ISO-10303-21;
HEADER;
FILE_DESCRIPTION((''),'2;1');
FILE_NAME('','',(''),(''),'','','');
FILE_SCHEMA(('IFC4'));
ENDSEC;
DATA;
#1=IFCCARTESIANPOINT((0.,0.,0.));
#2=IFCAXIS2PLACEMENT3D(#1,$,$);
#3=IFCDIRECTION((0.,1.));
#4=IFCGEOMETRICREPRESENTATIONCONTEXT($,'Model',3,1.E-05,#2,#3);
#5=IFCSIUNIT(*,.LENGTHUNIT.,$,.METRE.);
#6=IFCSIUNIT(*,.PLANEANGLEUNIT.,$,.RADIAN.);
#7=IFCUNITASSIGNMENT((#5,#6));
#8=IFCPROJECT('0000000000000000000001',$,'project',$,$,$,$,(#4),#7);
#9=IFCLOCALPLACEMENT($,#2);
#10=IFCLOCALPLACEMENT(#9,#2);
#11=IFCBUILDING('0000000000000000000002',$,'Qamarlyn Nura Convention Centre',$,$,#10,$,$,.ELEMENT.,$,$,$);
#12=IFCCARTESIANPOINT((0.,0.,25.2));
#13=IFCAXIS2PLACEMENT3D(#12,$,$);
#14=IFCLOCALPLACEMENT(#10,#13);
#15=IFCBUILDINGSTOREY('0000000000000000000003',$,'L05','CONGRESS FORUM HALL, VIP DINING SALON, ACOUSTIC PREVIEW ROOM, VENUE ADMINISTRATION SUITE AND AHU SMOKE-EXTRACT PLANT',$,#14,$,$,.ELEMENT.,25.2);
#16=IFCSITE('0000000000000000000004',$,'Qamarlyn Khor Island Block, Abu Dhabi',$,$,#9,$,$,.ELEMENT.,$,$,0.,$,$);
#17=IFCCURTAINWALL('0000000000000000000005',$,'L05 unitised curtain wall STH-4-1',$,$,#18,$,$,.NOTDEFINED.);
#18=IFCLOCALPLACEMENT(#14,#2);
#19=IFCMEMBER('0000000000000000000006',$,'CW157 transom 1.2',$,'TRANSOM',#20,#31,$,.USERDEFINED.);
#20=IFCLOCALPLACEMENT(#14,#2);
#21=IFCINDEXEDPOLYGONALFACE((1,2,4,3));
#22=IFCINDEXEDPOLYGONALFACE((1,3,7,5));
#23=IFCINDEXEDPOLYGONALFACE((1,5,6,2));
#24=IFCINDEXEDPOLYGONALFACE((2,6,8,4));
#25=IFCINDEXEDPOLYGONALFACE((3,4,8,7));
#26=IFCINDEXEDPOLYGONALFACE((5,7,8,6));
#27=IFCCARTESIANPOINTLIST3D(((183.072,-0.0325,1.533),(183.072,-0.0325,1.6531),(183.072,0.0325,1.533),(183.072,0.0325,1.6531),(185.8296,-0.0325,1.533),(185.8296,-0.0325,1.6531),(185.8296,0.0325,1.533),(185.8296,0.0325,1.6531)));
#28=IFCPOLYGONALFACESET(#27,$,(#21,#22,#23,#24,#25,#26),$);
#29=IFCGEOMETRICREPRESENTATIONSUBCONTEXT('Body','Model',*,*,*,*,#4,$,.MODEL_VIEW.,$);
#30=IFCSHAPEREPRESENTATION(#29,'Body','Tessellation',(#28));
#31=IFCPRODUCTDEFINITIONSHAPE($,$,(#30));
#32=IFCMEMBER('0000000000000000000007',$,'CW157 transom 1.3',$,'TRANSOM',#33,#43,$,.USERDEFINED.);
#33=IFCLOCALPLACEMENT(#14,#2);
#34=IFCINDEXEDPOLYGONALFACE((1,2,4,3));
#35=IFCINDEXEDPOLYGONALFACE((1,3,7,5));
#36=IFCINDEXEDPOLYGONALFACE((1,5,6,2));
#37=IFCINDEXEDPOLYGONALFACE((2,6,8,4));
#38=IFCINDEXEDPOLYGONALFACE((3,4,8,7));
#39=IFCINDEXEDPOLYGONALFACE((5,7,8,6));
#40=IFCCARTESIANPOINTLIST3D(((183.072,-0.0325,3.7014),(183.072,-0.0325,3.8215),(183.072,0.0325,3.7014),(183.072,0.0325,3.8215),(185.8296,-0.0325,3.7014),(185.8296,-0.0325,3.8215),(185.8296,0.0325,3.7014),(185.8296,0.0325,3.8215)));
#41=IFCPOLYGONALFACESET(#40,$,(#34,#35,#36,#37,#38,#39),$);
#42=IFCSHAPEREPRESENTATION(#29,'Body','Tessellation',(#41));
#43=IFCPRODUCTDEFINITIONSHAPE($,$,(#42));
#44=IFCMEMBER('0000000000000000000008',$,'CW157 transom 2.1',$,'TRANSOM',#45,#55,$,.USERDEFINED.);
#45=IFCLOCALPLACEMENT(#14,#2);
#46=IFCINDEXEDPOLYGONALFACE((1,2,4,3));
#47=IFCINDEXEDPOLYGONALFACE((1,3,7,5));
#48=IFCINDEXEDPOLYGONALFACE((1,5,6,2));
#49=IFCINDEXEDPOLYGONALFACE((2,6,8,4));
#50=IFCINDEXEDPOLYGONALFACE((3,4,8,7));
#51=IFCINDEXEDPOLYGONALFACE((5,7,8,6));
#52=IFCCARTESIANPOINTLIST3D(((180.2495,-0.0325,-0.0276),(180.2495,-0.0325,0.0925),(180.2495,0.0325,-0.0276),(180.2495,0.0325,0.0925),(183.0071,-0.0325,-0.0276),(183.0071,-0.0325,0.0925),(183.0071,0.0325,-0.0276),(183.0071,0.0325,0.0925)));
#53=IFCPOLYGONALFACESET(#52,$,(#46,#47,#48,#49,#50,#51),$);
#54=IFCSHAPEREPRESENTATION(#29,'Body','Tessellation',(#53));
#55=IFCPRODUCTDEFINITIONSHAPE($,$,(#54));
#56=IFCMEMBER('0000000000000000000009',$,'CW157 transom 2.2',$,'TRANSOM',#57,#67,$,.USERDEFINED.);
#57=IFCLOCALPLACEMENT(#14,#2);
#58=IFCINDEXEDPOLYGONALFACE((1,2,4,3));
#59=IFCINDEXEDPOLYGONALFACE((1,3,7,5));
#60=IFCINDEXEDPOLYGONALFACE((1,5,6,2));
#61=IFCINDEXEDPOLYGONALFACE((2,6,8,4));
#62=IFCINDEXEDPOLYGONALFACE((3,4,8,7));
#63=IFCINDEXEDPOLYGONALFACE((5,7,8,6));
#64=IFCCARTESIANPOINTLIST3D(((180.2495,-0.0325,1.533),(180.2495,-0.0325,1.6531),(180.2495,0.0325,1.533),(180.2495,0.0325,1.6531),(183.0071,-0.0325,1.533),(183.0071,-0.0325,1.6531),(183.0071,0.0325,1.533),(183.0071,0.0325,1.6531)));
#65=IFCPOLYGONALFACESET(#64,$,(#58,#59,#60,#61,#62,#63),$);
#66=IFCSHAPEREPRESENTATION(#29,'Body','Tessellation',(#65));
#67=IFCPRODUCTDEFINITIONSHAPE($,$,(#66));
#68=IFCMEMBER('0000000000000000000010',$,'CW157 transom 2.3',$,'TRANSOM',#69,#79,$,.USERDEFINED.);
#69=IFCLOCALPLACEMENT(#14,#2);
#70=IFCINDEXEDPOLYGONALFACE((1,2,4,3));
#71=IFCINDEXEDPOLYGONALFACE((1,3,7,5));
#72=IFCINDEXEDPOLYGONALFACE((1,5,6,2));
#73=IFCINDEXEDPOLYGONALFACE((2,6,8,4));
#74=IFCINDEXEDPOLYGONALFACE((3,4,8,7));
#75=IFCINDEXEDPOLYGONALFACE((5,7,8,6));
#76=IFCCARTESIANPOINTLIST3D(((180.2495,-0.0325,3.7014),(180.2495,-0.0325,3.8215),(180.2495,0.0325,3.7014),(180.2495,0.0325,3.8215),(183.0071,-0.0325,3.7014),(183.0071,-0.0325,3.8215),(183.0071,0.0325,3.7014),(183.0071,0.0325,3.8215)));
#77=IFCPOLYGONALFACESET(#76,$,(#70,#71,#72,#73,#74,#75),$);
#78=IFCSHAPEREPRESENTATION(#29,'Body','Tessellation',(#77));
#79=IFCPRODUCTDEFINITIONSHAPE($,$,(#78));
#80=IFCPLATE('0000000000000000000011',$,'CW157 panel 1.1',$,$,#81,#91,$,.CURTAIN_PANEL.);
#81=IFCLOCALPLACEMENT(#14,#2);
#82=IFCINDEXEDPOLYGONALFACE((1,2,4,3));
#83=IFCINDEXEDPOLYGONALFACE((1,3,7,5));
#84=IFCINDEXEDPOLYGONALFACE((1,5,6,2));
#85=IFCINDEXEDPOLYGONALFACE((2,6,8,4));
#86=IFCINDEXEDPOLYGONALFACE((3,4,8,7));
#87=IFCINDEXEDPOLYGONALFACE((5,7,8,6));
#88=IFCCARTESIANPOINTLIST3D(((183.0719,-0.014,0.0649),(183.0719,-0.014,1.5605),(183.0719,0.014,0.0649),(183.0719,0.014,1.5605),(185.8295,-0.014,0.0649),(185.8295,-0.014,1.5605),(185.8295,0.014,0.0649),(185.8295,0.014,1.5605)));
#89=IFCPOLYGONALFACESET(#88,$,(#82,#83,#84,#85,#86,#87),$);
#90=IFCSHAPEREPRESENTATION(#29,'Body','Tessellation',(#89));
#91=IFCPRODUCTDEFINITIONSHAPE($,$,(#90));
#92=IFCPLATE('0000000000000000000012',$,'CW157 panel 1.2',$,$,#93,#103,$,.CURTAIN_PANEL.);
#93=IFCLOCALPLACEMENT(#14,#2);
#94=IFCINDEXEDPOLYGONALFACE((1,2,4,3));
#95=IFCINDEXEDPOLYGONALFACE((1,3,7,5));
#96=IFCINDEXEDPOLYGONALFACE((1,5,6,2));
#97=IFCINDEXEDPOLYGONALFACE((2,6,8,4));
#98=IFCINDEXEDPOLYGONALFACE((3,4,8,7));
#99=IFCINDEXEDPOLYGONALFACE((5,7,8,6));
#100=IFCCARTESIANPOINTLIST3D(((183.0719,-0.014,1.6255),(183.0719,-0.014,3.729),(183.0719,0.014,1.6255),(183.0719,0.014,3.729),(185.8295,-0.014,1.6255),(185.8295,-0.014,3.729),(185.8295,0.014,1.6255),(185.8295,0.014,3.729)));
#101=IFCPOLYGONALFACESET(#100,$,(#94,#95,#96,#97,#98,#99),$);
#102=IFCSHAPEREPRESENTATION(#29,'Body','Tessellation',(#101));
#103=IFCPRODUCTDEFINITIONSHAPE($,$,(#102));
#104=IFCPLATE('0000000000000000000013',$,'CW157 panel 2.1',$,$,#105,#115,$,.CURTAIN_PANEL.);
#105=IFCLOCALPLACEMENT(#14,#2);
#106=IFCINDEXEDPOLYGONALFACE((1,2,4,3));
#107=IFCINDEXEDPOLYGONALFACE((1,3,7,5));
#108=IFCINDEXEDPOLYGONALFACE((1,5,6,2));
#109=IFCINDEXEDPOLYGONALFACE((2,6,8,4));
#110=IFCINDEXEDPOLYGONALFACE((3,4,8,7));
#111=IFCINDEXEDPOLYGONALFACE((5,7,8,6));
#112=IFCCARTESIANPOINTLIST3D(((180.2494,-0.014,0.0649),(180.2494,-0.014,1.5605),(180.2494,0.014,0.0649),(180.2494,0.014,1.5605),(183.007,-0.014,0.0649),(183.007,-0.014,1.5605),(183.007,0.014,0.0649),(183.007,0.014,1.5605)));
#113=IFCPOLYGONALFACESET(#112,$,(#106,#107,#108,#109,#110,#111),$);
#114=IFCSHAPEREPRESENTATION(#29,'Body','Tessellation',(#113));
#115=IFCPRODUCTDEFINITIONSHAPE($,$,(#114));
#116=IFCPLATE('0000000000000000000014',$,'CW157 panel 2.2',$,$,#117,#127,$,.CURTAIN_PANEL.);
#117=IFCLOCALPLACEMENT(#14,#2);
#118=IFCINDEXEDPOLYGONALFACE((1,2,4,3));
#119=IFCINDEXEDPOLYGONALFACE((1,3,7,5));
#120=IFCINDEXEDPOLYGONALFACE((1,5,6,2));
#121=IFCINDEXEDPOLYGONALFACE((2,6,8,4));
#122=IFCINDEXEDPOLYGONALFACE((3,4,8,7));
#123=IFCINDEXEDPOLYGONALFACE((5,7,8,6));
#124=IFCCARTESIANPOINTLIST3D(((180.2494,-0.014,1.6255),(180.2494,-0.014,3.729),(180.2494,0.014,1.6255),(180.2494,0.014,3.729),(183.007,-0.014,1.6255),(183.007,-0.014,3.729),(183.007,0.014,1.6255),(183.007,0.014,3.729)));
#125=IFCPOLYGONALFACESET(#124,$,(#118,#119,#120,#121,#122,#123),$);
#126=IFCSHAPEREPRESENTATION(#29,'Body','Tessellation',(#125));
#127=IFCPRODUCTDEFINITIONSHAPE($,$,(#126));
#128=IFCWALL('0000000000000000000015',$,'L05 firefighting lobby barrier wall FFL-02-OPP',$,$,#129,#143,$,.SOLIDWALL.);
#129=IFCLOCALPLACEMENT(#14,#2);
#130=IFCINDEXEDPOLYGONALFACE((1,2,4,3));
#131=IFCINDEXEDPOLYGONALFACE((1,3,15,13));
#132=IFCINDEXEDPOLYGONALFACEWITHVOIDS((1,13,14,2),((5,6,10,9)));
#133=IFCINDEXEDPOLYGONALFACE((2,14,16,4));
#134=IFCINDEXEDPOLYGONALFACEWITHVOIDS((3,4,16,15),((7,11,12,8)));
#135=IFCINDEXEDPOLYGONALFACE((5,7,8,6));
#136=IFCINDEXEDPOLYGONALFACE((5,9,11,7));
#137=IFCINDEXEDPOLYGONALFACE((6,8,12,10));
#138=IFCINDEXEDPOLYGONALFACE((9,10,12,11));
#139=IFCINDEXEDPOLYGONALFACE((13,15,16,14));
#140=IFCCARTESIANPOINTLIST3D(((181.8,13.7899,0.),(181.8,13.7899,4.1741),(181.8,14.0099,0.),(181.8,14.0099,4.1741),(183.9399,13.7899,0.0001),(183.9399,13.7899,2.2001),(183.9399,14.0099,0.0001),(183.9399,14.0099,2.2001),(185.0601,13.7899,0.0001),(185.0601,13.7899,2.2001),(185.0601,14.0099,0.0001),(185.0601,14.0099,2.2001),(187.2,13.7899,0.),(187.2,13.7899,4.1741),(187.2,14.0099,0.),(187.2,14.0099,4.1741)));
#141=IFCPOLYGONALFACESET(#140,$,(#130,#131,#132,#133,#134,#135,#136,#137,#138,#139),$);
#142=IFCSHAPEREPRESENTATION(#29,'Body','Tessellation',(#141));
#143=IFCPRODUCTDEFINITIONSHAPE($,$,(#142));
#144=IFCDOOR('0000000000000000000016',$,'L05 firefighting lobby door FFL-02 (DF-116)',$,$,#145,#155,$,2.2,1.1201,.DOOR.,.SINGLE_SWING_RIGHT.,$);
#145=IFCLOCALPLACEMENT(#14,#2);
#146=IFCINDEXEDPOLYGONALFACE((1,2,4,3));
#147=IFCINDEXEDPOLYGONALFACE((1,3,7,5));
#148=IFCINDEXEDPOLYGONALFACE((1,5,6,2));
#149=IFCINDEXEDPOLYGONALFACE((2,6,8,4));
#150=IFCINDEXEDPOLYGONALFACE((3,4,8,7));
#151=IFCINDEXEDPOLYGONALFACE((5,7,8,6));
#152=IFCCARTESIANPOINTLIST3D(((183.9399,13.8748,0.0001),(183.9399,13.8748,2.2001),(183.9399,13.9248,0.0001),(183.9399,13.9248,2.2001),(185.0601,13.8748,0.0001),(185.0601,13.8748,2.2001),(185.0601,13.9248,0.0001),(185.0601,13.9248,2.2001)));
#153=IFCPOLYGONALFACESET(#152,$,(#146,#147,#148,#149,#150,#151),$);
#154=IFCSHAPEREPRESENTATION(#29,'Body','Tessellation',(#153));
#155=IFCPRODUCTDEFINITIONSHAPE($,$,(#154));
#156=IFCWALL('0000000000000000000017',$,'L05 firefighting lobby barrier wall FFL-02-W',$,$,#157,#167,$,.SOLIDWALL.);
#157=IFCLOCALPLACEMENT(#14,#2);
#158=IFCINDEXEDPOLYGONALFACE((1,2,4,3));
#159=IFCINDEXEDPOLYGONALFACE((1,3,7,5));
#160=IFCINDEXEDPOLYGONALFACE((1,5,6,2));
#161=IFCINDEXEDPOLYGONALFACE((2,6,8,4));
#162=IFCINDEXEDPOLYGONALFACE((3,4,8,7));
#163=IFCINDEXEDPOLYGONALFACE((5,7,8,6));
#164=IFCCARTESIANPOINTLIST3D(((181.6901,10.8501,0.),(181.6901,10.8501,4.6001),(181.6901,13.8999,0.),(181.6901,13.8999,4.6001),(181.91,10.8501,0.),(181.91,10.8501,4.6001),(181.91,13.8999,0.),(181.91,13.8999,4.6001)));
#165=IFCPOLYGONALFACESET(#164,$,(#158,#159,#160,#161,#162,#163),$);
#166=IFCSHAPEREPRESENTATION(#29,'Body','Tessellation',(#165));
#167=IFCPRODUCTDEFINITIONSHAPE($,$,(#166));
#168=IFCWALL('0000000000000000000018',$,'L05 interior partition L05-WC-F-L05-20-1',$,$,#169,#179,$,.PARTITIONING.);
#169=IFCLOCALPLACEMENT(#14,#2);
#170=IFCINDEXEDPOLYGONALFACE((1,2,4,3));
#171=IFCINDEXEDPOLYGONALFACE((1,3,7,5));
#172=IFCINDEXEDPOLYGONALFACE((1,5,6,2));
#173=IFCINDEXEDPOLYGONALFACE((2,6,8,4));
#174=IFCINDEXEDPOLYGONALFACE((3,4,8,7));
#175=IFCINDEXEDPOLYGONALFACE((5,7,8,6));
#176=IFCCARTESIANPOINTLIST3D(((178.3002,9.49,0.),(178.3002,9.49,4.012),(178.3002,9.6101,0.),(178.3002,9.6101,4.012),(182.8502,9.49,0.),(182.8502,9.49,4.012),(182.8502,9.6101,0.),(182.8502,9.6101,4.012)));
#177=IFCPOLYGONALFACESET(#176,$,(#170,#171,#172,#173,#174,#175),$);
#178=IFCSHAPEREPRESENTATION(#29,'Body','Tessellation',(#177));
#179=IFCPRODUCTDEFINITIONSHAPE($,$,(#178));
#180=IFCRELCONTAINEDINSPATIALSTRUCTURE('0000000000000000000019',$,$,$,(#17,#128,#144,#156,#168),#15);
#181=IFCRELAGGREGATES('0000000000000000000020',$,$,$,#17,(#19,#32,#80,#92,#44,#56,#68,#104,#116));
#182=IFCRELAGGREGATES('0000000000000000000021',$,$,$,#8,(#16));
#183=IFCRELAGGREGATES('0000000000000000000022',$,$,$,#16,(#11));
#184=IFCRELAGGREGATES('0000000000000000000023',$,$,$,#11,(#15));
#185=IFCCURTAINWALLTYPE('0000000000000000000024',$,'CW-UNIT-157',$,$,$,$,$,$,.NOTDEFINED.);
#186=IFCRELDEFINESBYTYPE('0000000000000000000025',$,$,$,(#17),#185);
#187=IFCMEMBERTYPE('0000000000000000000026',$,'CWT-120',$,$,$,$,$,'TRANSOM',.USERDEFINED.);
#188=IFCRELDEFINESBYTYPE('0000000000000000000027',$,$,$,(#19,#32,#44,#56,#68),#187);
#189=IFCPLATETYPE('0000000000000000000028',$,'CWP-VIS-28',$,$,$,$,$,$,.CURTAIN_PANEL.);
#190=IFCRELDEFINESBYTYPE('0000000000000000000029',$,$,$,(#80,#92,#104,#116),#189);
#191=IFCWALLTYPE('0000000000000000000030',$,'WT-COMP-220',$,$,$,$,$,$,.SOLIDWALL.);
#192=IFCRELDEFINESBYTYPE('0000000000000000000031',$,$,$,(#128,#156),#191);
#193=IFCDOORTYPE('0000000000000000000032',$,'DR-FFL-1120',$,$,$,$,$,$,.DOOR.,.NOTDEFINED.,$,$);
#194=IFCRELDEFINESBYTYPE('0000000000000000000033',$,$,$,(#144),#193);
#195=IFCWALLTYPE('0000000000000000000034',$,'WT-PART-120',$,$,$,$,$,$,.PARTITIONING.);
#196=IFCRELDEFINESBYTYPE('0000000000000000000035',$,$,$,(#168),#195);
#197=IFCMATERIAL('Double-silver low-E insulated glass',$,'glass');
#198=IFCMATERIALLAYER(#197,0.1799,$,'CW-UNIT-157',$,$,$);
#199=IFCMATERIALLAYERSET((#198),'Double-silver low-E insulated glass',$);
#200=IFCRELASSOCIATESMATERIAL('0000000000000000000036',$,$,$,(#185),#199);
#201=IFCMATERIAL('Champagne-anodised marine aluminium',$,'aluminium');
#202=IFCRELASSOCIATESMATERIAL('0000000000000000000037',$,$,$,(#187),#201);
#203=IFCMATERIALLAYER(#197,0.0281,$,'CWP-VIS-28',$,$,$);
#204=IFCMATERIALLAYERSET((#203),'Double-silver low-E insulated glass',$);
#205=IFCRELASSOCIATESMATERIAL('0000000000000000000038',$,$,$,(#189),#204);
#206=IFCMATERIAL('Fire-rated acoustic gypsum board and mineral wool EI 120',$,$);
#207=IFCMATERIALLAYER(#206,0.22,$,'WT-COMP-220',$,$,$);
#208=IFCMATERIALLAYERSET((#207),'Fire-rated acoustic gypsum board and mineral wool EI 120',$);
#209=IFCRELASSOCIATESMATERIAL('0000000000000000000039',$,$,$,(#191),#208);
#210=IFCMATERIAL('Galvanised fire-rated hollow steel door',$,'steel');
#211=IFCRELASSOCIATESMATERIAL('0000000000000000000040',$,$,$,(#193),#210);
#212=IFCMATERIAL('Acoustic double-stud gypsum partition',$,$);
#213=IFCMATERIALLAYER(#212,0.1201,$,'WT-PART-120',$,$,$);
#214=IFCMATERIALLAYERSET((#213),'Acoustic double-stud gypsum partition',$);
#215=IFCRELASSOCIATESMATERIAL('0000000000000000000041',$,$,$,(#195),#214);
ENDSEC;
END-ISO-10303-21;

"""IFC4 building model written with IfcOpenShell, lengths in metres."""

from ifc_helpers import new_model, si_unit, direction, frame, frame_2d, origin, origin_2d, place, context, subcontext, project, spatial, rectangle, extrude, material, layer, layer_set, material_profile, profile_set, type_object, element, fill, aggregate, save


model = new_model("IFC4")

# Units and contexts
model_context = context("Model", 3, precision=1e-05, world=origin(), true_north=direction((0.0, 1.0)))
body_context = subcontext(model_context, "Body", "Model", "MODEL_VIEW")
ifc_project = project(units=[si_unit("LENGTHUNIT", "METRE"), si_unit("PLANEANGLEUNIT", "RADIAN")], contexts=[model_context])

# Site, building, storey
site_placement = place(None, origin())
site = spatial("IfcSite", under=ifc_project, at=site_placement, Name="Qamarlyn Khor Island Block, Abu Dhabi", CompositionType="ELEMENT", RefElevation=0.0)
building_placement = place(site_placement, origin())
building = spatial("IfcBuilding", under=site, at=building_placement, Name="Qamarlyn Nura Convention Centre", CompositionType="ELEMENT")
storey_placement = place(building_placement, frame((0.0, 0.0, 25.2)))
storey = spatial("IfcBuildingStorey", under=building, at=storey_placement, Name="L05", Description="CONGRESS FORUM HALL, VIP DINING SALON, ACOUSTIC PREVIEW ROOM, VENUE ADMINISTRATION SUITE AND AHU SMOKE-EXTRACT PLANT", CompositionType="ELEMENT", Elevation=25.2)

# Curtain wall, members, plates
ifc_material_1 = material(Name="Double-silver low-E insulated glass", Category="glass")
ifc_layer_1 = layer(ifc_material_1, 0.1799, Name="CW-UNIT-157")
ifc_layer_set_1 = layer_set([ifc_layer_1], Name="Double-silver low-E insulated glass")
curtain_wall_type = type_object("IfcCurtainWallType", Name="CW-UNIT-157", PredefinedType="NOTDEFINED", material=ifc_layer_set_1)
curtain_wall_placement = place(storey_placement, origin())
curtain_wall = element("IfcCurtainWall", 1, at=curtain_wall_placement, inside=storey, type_object=curtain_wall_type, Name="L05 unitised curtain wall STH-4-1", PredefinedType="NOTDEFINED")
ifc_material_2 = material(Name="Champagne-anodised marine aluminium", Category="aluminium")
ifc_material_profile_1 = material_profile(ifc_material_2, rectangle(XDim=0.0649, YDim=0.1201, at=origin_2d()), Name="ALU TRANSOM 65x120")
ifc_profile_set_1 = profile_set([ifc_material_profile_1], Name="Champagne-anodised marine aluminium")
member_type_1 = type_object("IfcMemberType", Name="CWT-120", ElementType="TRANSOM", PredefinedType="USERDEFINED", material=ifc_profile_set_1)
member_1_placement = place(storey_placement, frame((185.8296, 0.0, 1.593), z_axis=(-1.0, 0.0, 0.0), x_axis=(0.0, -1.0, 0.0)))
member_1 = element("IfcMember", 2, at=member_1_placement, type_object=member_type_1, Name="CW157 transom 1.2", ObjectType="TRANSOM", PredefinedType="USERDEFINED", context=body_context, shape_type="SweptSolid", body=[
    extrude(rectangle(XDim=0.0649, YDim=0.1201, at=origin_2d()), origin(), (0.0, 0.0, 1.0), 2.7576),
])
member_2_placement = place(storey_placement, frame((185.8296, 0.0, 3.7615), z_axis=(-1.0, 0.0, 0.0), x_axis=(0.0, -1.0, 0.0)))
member_2 = element("IfcMember", 3, at=member_2_placement, type_object=member_type_1, Name="CW157 transom 1.3", ObjectType="TRANSOM", PredefinedType="USERDEFINED", context=body_context, shape_type="SweptSolid", body=[
    extrude(rectangle(XDim=0.0649, YDim=0.1201, at=origin_2d()), origin(), (0.0, 0.0, 1.0), 2.7576),
])
member_3_placement = place(storey_placement, frame((183.0071, 0.0, 0.0325), z_axis=(-1.0, 0.0, 0.0), x_axis=(0.0, -1.0, 0.0)))
member_3 = element("IfcMember", 4, at=member_3_placement, type_object=member_type_1, Name="CW157 transom 2.1", ObjectType="TRANSOM", PredefinedType="USERDEFINED", context=body_context, shape_type="SweptSolid", body=[
    extrude(rectangle(XDim=0.0649, YDim=0.1201, at=origin_2d()), origin(), (0.0, 0.0, 1.0), 2.7576),
])
member_4_placement = place(storey_placement, frame((183.0071, 0.0, 1.593), z_axis=(-1.0, 0.0, 0.0), x_axis=(0.0, -1.0, 0.0)))
member_4 = element("IfcMember", 5, at=member_4_placement, type_object=member_type_1, Name="CW157 transom 2.2", ObjectType="TRANSOM", PredefinedType="USERDEFINED", context=body_context, shape_type="SweptSolid", body=[
    extrude(rectangle(XDim=0.0649, YDim=0.1201, at=origin_2d()), origin(), (0.0, 0.0, 1.0), 2.7576),
])
member_5_placement = place(storey_placement, frame((183.0071, 0.0, 3.7615), z_axis=(-1.0, 0.0, 0.0), x_axis=(0.0, -1.0, 0.0)))
member_5 = element("IfcMember", 6, at=member_5_placement, type_object=member_type_1, Name="CW157 transom 2.3", ObjectType="TRANSOM", PredefinedType="USERDEFINED", context=body_context, shape_type="SweptSolid", body=[
    extrude(rectangle(XDim=0.0649, YDim=0.1201, at=origin_2d()), origin(), (0.0, 0.0, 1.0), 2.7576),
])
ifc_layer_2 = layer(ifc_material_1, 0.0281, Name="CWP-VIS-28")
ifc_layer_set_2 = layer_set([ifc_layer_2], Name="Double-silver low-E insulated glass")
plate_type = type_object("IfcPlateType", Name="CWP-VIS-28", PredefinedType="CURTAIN_PANEL", material=ifc_layer_set_2)
plate_1_placement = place(storey_placement, frame((184.4507, 0.0, 0.0649), z_axis=(0.0, 0.0, 1.0), x_axis=(-1.0, 0.0, 0.0)))
plate_1 = element("IfcPlate", 7, at=plate_1_placement, type_object=plate_type, Name="CW157 panel 1.1", PredefinedType="CURTAIN_PANEL", context=body_context, shape_type="SweptSolid", body=[
    extrude(rectangle(XDim=2.7576, YDim=0.0281, at=origin_2d()), origin(), (0.0, 0.0, 1.0), 1.4956),
])
plate_2_placement = place(storey_placement, frame((184.4507, 0.0, 1.6255), z_axis=(0.0, 0.0, 1.0), x_axis=(-1.0, 0.0, 0.0)))
plate_2 = element("IfcPlate", 8, at=plate_2_placement, type_object=plate_type, Name="CW157 panel 1.2", PredefinedType="CURTAIN_PANEL", context=body_context, shape_type="SweptSolid", body=[
    extrude(rectangle(XDim=2.7576, YDim=0.0281, at=origin_2d()), origin(), (0.0, 0.0, 1.0), 2.1035),
])
plate_3_placement = place(storey_placement, frame((181.6282, 0.0, 0.0649), z_axis=(0.0, 0.0, 1.0), x_axis=(-1.0, 0.0, 0.0)))
plate_3 = element("IfcPlate", 9, at=plate_3_placement, type_object=plate_type, Name="CW157 panel 2.1", PredefinedType="CURTAIN_PANEL", context=body_context, shape_type="SweptSolid", body=[
    extrude(rectangle(XDim=2.7576, YDim=0.0281, at=origin_2d()), origin(), (0.0, 0.0, 1.0), 1.4956),
])
plate_4_placement = place(storey_placement, frame((181.6282, 0.0, 1.6255), z_axis=(0.0, 0.0, 1.0), x_axis=(-1.0, 0.0, 0.0)))
plate_4 = element("IfcPlate", 10, at=plate_4_placement, type_object=plate_type, Name="CW157 panel 2.2", PredefinedType="CURTAIN_PANEL", context=body_context, shape_type="SweptSolid", body=[
    extrude(rectangle(XDim=2.7576, YDim=0.0281, at=origin_2d()), origin(), (0.0, 0.0, 1.0), 2.1035),
])
aggregate(curtain_wall, [member_1, member_2, plate_1, plate_2, member_3, member_4, member_5, plate_3, plate_4])

# Wall, opening, door
ifc_material_3 = material(Name="Fire-rated acoustic gypsum board and mineral wool EI 120")
ifc_layer_3 = layer(ifc_material_3, 0.22, Name="WT-COMP-220")
ifc_layer_set_3 = layer_set([ifc_layer_3], Name="Fire-rated acoustic gypsum board and mineral wool EI 120")
wall_type_1 = type_object("IfcWallType", Name="WT-COMP-220", PredefinedType="SOLIDWALL", material=ifc_layer_set_3)
wall_1_placement = place(storey_placement, frame((181.8, 13.8999, 0.0), z_axis=(0.0, 0.0, 1.0), x_axis=(1.0, 0.0, 0.0)))
wall_1 = element("IfcWall", 11, at=wall_1_placement, inside=storey, type_object=wall_type_1, Name="L05 firefighting lobby barrier wall FFL-02-OPP", PredefinedType="SOLIDWALL", context=body_context, shape_type="SweptSolid", body=[
    extrude(rectangle(XDim=5.3999, YDim=0.22, at=frame_2d((2.7, 0.0))), origin(), (0.0, 0.0, 1.0), 4.1741),
])
opening_placement = place(wall_1_placement, frame((2.1399, 0.0, 0.0)))
opening = element("IfcOpeningElement", 12, at=opening_placement, cuts=wall_1, PredefinedType="OPENING", context=body_context, shape_type="SweptSolid", body=[
    extrude(rectangle(XDim=1.1201, YDim=2.2, at=frame_2d((0.5601, 1.1001))), frame((0.0, 0.1201, 0.0), z_axis=(0.0, -1.0, 0.0), x_axis=(1.0, 0.0, 0.0)), (0.0, 0.0, 1.0), 0.24),
])
ifc_material_4 = material(Name="Galvanised fire-rated hollow steel door", Category="steel")
door_type = type_object("IfcDoorType", Name="DR-FFL-1120", OperationType="NOTDEFINED", PredefinedType="DOOR", material=ifc_material_4)
door_placement = place(opening_placement, origin())
door = element("IfcDoor", 13, at=door_placement, inside=storey, type_object=door_type, Name="L05 firefighting lobby door FFL-02 (DF-116)", OperationType="SINGLE_SWING_RIGHT", OverallHeight=2.2, OverallWidth=1.1201, PredefinedType="DOOR", context=body_context, shape_type="SweptSolid", body=[
    extrude(rectangle(XDim=1.1201, YDim=2.2, at=frame_2d((0.5601, 1.1001))), frame((0.0, 0.0249, 0.0), z_axis=(0.0, -1.0, 0.0), x_axis=(1.0, 0.0, 0.0)), (0.0, 0.0, 1.0), 0.05),
])
fill(opening, door)

# Walls
wall_2_placement = place(storey_placement, frame((181.8, 10.8501, 0.0), z_axis=(0.0, 0.0, 1.0), x_axis=(0.0, 1.0, 0.0)))
element("IfcWall", 14, at=wall_2_placement, inside=storey, type_object=wall_type_1, Name="L05 firefighting lobby barrier wall FFL-02-W", PredefinedType="SOLIDWALL", context=body_context, shape_type="SweptSolid", body=[
    extrude(rectangle(XDim=3.0498, YDim=0.22, at=frame_2d((1.5249, 0.0))), origin(), (0.0, 0.0, 1.0), 4.6001),
])
ifc_material_5 = material(Name="Acoustic double-stud gypsum partition")
ifc_layer_4 = layer(ifc_material_5, 0.1201, Name="WT-PART-120")
ifc_layer_set_4 = layer_set([ifc_layer_4], Name="Acoustic double-stud gypsum partition")
wall_type_2 = type_object("IfcWallType", Name="WT-PART-120", PredefinedType="PARTITIONING", material=ifc_layer_set_4)
wall_3_placement = place(storey_placement, frame((182.8501, 9.55, 0.0), z_axis=(0.0, 0.0, 1.0), x_axis=(-1.0, 0.0, 0.0)))
element("IfcWall", 15, at=wall_3_placement, inside=storey, type_object=wall_type_2, Name="L05 interior partition L05-WC-F-L05-20-1", PredefinedType="PARTITIONING", context=body_context, shape_type="SweptSolid", body=[
    extrude(rectangle(XDim=4.55, YDim=0.1201, at=frame_2d((2.2749, 0.0))), origin(), (0.0, 0.0, 1.0), 4.012),
])

save(model, "model.ifc")
